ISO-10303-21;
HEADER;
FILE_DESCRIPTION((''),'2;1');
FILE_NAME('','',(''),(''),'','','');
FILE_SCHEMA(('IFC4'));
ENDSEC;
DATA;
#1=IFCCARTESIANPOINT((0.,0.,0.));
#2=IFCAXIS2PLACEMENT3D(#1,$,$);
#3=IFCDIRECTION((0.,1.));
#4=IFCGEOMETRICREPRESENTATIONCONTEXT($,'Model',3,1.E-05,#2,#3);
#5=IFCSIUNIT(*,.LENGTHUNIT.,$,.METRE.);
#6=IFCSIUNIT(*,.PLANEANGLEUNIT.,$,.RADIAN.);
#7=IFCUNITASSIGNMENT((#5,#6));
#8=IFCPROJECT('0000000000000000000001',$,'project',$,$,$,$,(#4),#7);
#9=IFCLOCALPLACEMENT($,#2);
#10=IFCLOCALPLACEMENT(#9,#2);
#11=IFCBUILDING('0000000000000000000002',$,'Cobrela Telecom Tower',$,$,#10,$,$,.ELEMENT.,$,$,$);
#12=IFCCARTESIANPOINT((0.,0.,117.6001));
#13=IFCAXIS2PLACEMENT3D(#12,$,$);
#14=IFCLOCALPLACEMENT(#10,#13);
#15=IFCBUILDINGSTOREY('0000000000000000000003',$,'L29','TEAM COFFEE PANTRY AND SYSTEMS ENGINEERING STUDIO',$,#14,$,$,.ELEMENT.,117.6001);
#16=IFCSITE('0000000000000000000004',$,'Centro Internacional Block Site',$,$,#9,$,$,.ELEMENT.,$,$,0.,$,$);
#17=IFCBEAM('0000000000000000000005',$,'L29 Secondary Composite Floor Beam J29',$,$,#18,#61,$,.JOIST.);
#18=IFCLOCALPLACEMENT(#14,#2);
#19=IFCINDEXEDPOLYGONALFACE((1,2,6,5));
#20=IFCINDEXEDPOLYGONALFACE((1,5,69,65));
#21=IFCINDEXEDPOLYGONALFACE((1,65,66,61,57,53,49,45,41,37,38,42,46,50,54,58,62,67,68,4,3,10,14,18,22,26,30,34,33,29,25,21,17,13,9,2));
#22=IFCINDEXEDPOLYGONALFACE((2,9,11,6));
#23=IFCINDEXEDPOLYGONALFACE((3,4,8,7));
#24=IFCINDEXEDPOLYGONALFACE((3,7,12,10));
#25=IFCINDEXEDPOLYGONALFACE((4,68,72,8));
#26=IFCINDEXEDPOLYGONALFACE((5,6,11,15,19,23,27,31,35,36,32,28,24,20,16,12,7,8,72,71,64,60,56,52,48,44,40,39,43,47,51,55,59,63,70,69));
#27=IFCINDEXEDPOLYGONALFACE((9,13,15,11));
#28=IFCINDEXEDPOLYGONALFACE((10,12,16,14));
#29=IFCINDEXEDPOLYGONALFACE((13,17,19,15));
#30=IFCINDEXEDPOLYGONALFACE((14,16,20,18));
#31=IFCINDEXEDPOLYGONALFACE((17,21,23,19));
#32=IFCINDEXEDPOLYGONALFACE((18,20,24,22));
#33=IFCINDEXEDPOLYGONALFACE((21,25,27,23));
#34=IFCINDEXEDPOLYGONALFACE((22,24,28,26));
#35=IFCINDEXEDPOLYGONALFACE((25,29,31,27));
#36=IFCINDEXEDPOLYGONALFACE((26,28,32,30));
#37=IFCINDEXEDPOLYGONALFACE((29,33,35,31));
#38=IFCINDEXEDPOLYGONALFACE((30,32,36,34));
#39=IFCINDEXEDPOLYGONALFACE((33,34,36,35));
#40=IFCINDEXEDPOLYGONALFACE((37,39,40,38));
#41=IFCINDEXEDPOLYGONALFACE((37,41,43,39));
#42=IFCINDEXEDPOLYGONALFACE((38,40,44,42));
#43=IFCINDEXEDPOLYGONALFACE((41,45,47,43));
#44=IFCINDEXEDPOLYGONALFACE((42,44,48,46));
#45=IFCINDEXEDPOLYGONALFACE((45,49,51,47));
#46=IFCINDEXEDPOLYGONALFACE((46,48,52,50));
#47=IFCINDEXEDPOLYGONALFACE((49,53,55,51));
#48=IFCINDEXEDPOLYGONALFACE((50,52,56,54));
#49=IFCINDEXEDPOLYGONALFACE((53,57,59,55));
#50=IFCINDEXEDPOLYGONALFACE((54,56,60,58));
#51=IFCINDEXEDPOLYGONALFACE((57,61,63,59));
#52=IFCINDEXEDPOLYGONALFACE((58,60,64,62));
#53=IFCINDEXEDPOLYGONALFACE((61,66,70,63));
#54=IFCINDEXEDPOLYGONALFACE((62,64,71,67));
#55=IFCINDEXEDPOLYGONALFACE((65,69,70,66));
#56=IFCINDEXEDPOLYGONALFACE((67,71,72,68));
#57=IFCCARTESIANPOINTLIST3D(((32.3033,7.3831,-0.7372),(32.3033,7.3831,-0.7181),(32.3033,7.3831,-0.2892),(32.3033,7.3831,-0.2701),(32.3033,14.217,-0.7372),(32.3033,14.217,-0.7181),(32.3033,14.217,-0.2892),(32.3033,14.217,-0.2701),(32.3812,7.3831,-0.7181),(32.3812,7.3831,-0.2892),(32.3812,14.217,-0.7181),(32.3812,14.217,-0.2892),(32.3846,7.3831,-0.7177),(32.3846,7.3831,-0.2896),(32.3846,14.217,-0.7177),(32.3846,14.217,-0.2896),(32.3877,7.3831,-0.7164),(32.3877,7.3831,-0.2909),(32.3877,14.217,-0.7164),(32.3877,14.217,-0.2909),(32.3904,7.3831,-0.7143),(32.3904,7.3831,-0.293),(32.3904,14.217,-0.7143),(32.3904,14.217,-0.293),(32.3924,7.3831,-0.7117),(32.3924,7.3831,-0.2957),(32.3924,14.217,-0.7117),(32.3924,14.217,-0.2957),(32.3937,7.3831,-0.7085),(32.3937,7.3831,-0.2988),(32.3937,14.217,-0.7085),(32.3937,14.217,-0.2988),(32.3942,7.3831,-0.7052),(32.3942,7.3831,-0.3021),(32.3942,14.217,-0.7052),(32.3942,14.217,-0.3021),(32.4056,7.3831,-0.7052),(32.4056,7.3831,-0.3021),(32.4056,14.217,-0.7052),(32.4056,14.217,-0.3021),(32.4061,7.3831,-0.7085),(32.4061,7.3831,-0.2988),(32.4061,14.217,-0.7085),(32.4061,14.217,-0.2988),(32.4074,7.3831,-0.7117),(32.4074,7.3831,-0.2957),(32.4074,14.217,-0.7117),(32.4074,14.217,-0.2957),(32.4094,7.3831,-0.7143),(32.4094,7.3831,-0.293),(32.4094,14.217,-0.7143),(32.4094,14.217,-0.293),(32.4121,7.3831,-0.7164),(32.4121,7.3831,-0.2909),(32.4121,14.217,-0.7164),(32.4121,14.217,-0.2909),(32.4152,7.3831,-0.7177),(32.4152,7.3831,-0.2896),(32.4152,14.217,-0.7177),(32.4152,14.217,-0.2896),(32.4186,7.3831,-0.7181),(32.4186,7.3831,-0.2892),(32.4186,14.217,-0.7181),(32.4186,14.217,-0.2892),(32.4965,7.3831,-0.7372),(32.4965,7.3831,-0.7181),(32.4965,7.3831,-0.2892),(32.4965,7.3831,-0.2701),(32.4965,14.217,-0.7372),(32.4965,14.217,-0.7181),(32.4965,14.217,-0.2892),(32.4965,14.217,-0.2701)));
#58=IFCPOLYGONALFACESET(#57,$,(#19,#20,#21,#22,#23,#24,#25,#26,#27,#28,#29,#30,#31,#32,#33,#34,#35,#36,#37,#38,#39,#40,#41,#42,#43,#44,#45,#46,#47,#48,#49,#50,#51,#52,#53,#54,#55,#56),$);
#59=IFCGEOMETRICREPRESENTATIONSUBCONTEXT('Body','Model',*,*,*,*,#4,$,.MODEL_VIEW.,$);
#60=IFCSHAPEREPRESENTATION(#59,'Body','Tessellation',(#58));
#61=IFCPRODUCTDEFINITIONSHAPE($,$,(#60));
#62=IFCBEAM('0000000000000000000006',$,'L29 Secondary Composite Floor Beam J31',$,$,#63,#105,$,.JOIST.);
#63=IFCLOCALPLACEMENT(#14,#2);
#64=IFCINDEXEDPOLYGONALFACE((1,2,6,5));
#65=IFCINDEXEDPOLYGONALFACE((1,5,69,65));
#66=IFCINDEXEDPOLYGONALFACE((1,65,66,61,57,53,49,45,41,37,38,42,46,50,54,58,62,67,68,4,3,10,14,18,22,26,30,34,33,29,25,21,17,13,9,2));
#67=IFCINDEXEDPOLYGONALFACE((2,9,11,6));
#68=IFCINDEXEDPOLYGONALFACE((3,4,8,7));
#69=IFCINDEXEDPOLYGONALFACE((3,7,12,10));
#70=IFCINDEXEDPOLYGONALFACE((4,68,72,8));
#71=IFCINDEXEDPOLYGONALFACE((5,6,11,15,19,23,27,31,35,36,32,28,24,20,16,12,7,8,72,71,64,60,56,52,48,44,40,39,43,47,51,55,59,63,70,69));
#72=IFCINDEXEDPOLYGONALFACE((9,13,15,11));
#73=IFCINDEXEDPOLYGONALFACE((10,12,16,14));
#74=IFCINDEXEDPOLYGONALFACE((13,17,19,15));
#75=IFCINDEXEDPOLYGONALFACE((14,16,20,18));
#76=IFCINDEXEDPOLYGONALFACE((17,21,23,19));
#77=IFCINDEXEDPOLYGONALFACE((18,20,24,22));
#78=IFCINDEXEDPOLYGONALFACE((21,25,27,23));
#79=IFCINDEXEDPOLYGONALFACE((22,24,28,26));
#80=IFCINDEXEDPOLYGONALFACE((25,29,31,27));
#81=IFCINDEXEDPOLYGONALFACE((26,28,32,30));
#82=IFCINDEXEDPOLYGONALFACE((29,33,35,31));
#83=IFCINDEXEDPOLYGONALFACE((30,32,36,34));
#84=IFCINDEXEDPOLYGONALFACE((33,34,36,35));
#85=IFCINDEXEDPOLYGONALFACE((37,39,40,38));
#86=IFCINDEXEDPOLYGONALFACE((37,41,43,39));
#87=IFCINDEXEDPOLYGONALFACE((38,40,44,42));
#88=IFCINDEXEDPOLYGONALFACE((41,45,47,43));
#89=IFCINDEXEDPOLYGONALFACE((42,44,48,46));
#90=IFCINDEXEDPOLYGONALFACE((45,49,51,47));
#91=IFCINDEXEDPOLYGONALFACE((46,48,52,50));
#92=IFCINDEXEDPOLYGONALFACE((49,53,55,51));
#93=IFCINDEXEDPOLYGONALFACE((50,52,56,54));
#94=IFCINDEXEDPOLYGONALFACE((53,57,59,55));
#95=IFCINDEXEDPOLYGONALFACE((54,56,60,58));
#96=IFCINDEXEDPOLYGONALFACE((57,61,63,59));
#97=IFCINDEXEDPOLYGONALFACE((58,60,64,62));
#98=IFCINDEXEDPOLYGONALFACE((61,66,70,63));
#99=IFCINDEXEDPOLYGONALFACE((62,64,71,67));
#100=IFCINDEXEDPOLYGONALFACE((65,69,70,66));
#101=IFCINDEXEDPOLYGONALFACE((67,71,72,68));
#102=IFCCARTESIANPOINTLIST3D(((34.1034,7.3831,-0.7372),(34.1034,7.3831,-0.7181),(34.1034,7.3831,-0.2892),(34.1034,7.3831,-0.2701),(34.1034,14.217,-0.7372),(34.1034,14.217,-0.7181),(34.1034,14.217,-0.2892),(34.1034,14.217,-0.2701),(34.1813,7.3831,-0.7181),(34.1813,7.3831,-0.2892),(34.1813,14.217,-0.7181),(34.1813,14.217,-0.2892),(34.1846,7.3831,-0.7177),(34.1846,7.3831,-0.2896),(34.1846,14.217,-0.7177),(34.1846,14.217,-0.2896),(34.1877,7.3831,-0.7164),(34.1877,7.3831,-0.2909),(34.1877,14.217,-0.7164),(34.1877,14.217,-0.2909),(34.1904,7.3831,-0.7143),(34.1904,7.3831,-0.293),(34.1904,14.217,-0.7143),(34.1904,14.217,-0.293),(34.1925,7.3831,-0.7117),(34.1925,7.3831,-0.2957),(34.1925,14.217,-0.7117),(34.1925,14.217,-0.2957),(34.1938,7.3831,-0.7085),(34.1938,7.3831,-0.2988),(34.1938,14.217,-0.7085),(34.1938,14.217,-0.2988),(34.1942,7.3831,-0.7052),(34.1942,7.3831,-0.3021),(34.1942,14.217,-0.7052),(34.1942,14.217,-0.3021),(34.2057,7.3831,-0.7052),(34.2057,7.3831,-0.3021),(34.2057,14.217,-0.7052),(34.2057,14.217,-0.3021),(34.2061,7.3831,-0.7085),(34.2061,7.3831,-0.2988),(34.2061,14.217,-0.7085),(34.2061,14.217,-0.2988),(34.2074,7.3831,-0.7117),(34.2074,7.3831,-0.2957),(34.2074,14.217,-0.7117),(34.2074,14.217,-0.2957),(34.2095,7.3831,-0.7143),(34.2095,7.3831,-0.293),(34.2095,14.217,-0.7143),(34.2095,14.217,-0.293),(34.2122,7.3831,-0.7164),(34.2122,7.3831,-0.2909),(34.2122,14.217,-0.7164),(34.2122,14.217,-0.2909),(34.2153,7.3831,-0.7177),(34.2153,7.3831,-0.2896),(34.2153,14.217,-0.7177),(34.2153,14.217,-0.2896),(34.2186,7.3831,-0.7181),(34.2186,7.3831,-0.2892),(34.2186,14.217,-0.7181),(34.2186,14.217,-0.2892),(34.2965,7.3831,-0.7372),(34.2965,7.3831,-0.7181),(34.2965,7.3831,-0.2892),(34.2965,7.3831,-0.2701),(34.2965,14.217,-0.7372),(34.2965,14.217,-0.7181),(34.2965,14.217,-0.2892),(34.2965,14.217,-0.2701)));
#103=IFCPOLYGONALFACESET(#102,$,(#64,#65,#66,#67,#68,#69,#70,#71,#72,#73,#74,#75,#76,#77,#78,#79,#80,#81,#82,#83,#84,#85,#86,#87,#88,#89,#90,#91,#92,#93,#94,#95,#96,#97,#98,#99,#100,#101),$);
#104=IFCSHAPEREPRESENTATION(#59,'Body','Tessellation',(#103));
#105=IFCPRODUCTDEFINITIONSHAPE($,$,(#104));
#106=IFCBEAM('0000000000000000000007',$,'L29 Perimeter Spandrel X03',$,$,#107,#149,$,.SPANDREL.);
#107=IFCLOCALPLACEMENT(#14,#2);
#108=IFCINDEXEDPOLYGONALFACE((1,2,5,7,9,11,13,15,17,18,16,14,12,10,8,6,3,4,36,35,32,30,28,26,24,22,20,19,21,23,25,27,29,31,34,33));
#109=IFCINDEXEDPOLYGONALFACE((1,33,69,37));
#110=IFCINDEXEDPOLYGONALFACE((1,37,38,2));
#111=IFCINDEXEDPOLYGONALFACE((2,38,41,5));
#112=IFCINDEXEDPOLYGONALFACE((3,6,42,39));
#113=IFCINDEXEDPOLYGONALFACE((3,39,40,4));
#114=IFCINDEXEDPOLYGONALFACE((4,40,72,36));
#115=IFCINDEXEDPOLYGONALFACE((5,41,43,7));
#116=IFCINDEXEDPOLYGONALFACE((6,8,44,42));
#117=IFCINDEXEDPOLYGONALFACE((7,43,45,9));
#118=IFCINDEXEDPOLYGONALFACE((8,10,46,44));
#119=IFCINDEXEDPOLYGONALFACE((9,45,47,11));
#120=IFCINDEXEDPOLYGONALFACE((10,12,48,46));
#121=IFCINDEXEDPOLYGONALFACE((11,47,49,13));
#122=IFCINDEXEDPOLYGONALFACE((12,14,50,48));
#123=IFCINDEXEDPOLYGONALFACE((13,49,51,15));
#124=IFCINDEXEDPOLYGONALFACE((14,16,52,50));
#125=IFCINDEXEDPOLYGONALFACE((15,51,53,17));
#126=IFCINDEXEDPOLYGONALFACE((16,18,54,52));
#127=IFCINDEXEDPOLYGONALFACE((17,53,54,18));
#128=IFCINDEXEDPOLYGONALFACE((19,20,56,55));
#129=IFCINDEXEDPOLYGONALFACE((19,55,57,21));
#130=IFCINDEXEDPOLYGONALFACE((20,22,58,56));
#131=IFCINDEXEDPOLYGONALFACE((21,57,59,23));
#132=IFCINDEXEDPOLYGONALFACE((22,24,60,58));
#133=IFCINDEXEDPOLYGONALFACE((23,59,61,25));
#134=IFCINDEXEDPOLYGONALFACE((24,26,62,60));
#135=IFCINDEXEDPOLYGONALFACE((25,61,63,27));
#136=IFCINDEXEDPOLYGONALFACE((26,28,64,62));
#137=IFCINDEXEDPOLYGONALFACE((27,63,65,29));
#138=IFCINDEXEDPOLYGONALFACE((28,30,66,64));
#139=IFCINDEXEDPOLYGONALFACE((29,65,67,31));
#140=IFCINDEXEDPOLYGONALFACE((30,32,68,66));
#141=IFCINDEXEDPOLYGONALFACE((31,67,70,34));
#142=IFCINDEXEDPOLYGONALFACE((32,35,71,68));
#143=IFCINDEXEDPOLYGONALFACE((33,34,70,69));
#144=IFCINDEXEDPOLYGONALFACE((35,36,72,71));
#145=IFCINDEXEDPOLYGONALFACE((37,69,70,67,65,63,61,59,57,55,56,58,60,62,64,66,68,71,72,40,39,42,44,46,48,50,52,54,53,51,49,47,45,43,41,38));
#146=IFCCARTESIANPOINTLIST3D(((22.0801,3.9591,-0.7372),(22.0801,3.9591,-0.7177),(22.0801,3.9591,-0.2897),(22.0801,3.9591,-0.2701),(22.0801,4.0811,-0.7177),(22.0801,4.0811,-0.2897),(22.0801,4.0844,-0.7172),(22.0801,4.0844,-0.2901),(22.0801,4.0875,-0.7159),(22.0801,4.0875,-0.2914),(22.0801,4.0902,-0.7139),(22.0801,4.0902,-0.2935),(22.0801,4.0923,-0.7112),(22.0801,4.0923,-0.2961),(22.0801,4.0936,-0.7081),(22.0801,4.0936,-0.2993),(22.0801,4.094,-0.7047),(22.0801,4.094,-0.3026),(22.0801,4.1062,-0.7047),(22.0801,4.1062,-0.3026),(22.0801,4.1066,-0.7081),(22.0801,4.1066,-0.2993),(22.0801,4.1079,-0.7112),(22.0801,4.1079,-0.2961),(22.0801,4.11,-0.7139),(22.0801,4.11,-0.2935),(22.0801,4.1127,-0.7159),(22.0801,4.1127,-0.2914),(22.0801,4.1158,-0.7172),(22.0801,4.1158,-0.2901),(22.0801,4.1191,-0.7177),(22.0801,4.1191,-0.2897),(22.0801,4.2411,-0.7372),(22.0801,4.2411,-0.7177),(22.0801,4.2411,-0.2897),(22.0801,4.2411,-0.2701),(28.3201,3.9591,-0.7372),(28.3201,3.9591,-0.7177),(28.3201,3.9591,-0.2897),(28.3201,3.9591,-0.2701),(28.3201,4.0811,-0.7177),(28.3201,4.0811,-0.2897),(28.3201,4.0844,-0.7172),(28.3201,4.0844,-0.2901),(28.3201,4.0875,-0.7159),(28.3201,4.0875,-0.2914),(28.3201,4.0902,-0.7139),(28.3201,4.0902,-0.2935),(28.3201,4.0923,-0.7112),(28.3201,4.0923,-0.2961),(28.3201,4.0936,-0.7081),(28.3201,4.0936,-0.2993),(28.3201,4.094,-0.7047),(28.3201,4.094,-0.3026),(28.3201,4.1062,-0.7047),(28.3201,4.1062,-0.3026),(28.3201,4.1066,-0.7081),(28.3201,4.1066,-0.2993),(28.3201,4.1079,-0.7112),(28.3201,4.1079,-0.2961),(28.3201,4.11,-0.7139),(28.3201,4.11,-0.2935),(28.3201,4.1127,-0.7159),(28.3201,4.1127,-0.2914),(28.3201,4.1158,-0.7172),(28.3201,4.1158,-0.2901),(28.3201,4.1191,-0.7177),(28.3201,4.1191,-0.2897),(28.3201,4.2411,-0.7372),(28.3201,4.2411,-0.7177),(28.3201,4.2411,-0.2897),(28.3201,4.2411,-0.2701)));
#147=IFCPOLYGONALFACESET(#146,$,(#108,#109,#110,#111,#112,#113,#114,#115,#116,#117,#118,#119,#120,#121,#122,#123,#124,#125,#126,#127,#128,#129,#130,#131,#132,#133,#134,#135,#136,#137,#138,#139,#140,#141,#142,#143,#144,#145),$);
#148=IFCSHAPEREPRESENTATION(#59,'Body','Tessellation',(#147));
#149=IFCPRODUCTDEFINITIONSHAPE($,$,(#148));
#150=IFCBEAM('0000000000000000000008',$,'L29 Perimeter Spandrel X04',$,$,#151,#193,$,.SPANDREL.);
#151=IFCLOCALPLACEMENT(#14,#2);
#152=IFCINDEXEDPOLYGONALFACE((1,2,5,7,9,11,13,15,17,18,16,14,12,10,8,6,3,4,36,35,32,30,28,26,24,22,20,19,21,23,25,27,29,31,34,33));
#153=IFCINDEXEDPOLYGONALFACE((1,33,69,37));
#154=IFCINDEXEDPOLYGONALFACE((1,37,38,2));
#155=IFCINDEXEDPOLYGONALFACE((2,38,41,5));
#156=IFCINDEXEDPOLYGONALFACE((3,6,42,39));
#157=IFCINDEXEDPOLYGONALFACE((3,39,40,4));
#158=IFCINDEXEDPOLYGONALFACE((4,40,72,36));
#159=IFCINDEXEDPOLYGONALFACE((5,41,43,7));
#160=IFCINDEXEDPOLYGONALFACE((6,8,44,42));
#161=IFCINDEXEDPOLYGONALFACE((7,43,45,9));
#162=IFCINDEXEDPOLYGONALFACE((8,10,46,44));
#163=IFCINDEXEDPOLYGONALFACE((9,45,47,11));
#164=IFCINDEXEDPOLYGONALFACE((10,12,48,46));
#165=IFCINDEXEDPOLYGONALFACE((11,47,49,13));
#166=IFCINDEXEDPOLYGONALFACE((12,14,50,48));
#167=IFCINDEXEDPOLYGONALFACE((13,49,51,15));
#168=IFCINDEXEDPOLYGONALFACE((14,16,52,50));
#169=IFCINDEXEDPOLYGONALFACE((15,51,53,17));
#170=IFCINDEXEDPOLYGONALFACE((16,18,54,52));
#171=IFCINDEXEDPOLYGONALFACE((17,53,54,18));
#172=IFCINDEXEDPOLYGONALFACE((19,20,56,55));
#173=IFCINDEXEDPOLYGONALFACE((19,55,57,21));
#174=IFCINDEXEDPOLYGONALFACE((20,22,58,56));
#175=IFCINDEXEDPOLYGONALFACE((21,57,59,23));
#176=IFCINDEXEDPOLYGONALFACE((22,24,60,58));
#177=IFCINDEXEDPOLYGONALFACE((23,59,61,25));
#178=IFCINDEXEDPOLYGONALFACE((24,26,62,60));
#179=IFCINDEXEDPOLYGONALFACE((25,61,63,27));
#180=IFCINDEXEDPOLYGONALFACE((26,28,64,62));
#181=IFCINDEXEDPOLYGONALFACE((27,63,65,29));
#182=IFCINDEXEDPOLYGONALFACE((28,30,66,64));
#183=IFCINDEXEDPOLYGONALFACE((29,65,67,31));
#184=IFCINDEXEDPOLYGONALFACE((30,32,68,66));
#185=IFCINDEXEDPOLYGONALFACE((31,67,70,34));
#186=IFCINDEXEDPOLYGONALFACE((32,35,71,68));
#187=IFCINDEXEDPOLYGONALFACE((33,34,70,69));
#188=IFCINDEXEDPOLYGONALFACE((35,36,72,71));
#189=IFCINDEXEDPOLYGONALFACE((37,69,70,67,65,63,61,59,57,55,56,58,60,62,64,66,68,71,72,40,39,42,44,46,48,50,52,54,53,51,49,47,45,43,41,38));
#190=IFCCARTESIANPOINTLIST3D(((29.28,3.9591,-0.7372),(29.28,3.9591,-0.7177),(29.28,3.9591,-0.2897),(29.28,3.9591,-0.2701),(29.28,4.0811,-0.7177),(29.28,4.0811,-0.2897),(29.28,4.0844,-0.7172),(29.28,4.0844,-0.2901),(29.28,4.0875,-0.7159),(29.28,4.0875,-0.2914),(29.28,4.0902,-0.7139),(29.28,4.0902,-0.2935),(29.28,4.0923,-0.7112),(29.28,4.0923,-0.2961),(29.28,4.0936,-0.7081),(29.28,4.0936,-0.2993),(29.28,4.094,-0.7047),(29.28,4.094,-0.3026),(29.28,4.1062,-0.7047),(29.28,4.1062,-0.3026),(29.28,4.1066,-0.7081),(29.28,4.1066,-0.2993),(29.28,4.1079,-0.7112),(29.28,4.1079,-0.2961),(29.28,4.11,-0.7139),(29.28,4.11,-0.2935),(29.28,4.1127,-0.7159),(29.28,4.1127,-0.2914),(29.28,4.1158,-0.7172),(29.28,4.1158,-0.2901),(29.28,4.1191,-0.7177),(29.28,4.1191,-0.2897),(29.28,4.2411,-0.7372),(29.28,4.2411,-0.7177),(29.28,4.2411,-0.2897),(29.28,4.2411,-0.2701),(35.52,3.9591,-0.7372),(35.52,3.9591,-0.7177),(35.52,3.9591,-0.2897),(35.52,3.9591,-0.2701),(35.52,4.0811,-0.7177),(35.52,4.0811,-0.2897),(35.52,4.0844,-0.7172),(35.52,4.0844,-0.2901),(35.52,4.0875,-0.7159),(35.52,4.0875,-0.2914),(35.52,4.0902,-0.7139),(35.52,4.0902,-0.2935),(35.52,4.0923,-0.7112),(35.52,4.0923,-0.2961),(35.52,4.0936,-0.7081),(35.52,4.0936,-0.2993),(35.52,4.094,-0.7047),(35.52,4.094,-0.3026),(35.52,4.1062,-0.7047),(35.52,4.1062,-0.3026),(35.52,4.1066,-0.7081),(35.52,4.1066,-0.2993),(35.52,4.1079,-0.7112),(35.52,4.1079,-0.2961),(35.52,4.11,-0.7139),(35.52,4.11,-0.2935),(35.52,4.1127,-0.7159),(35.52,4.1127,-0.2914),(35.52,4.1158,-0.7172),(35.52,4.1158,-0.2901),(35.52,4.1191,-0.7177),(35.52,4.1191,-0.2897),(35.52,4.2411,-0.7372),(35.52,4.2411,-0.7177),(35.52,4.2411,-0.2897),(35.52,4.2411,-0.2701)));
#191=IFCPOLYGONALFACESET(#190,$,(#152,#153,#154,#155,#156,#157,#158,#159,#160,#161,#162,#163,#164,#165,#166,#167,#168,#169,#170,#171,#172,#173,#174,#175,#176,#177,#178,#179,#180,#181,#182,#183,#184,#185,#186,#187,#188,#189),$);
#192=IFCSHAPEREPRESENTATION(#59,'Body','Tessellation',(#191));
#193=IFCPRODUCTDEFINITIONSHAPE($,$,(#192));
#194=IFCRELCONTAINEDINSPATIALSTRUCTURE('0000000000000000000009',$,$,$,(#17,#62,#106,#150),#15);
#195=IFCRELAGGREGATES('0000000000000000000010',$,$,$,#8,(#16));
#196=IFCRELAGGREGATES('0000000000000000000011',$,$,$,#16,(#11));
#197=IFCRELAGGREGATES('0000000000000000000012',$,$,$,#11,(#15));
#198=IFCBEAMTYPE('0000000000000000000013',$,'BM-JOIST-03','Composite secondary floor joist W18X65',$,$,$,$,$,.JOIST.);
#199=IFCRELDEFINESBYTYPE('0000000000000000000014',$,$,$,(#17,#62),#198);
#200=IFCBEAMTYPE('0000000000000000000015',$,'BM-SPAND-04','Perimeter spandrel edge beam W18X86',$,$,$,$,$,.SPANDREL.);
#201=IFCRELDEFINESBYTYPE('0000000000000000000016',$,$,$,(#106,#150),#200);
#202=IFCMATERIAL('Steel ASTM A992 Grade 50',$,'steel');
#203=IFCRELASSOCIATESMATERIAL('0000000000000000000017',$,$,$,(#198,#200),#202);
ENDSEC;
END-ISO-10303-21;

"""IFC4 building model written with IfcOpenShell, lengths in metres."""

from ifc_helpers import new_model, si_unit, direction, frame, origin, origin_2d, place, context, subcontext, project, spatial, i_section, extrude, material, material_profile, profile_set, type_object, element, save


model = new_model("IFC4")

# Units and contexts
model_context = context("Model", 3, precision=1e-05, world=origin(), true_north=direction((0.0, 1.0)))
body_context = subcontext(model_context, "Body", "Model", "MODEL_VIEW")
ifc_project = project(units=[si_unit("LENGTHUNIT", "METRE"), si_unit("PLANEANGLEUNIT", "RADIAN")], contexts=[model_context])

# Site, building, storey
site_placement = place(None, origin())
site = spatial("IfcSite", under=ifc_project, at=site_placement, Name="Centro Internacional Block Site", CompositionType="ELEMENT", RefElevation=0.0)
building_placement = place(site_placement, origin())
building = spatial("IfcBuilding", under=site, at=building_placement, Name="Cobrela Telecom Tower", CompositionType="ELEMENT")
storey_placement = place(building_placement, frame((0.0, 0.0, 117.6001)))
storey = spatial("IfcBuildingStorey", under=building, at=storey_placement, Name="L29", Description="TEAM COFFEE PANTRY AND SYSTEMS ENGINEERING STUDIO", CompositionType="ELEMENT", Elevation=117.6001)

# Shared definitions
ifc_material_1 = material(Name="Steel ASTM A992 Grade 50", Category="steel")

# Beams
ifc_material_profile_1 = material_profile(ifc_material_1, i_section(OverallWidth=0.1931, OverallDepth=0.467, WebThickness=0.0115, FlangeThickness=0.019, FilletRadius=0.0129, at=origin_2d()), Name="W18X65")
ifc_profile_set_1 = profile_set([ifc_material_profile_1], Name="Steel ASTM A992 Grade 50")
beam_type_1 = type_object("IfcBeamType", Name="BM-JOIST-03", Description="Composite secondary floor joist W18X65", PredefinedType="JOIST", material=ifc_profile_set_1)
for number, where, z_axis, x_axis, name in (
    (1, (32.3999, 7.3831, -0.5037), (0.0, 1.0, 0.0), (-1.0, 0.0, 0.0), "L29 Secondary Composite Floor Beam J29"),
    (2, (34.2, 7.3831, -0.5037), (0.0, 1.0, 0.0), (-1.0, 0.0, 0.0), "L29 Secondary Composite Floor Beam J31"),
):
    element("IfcBeam", number, at=place(storey_placement, frame(where, z_axis=z_axis, x_axis=x_axis)), inside=storey, type_object=beam_type_1, Name=name, PredefinedType="JOIST", context=body_context, shape_type="SweptSolid", body=[
        extrude(i_section(OverallWidth=0.1931, OverallDepth=0.467, WebThickness=0.0115, FlangeThickness=0.019, FilletRadius=0.0129, at=origin_2d()), origin(), (0.0, 0.0, 1.0), 6.834),
    ])
ifc_material_profile_2 = material_profile(ifc_material_1, i_section(OverallWidth=0.282, OverallDepth=0.467, WebThickness=0.0122, FlangeThickness=0.0195, FilletRadius=0.0129, at=origin_2d()), Name="W18X86")
ifc_profile_set_2 = profile_set([ifc_material_profile_2], Name="Steel ASTM A992 Grade 50")
beam_type_2 = type_object("IfcBeamType", Name="BM-SPAND-04", Description="Perimeter spandrel edge beam W18X86", PredefinedType="SPANDREL", material=ifc_profile_set_2)
for number, where, z_axis, x_axis, name in (
    (3, (22.0801, 4.1001, -0.5037), (1.0, 0.0, 0.0), (0.0, 1.0, 0.0), "L29 Perimeter Spandrel X03"),
    (4, (29.28, 4.1001, -0.5037), (1.0, 0.0, 0.0), (0.0, 1.0, 0.0), "L29 Perimeter Spandrel X04"),
):
    element("IfcBeam", number, at=place(storey_placement, frame(where, z_axis=z_axis, x_axis=x_axis)), inside=storey, type_object=beam_type_2, Name=name, PredefinedType="SPANDREL", context=body_context, shape_type="SweptSolid", body=[
        extrude(i_section(OverallWidth=0.282, OverallDepth=0.467, WebThickness=0.0122, FlangeThickness=0.0195, FilletRadius=0.0129, at=origin_2d()), origin(), (0.0, 0.0, 1.0), 6.24),
    ])

save(model, "model.ifc")
